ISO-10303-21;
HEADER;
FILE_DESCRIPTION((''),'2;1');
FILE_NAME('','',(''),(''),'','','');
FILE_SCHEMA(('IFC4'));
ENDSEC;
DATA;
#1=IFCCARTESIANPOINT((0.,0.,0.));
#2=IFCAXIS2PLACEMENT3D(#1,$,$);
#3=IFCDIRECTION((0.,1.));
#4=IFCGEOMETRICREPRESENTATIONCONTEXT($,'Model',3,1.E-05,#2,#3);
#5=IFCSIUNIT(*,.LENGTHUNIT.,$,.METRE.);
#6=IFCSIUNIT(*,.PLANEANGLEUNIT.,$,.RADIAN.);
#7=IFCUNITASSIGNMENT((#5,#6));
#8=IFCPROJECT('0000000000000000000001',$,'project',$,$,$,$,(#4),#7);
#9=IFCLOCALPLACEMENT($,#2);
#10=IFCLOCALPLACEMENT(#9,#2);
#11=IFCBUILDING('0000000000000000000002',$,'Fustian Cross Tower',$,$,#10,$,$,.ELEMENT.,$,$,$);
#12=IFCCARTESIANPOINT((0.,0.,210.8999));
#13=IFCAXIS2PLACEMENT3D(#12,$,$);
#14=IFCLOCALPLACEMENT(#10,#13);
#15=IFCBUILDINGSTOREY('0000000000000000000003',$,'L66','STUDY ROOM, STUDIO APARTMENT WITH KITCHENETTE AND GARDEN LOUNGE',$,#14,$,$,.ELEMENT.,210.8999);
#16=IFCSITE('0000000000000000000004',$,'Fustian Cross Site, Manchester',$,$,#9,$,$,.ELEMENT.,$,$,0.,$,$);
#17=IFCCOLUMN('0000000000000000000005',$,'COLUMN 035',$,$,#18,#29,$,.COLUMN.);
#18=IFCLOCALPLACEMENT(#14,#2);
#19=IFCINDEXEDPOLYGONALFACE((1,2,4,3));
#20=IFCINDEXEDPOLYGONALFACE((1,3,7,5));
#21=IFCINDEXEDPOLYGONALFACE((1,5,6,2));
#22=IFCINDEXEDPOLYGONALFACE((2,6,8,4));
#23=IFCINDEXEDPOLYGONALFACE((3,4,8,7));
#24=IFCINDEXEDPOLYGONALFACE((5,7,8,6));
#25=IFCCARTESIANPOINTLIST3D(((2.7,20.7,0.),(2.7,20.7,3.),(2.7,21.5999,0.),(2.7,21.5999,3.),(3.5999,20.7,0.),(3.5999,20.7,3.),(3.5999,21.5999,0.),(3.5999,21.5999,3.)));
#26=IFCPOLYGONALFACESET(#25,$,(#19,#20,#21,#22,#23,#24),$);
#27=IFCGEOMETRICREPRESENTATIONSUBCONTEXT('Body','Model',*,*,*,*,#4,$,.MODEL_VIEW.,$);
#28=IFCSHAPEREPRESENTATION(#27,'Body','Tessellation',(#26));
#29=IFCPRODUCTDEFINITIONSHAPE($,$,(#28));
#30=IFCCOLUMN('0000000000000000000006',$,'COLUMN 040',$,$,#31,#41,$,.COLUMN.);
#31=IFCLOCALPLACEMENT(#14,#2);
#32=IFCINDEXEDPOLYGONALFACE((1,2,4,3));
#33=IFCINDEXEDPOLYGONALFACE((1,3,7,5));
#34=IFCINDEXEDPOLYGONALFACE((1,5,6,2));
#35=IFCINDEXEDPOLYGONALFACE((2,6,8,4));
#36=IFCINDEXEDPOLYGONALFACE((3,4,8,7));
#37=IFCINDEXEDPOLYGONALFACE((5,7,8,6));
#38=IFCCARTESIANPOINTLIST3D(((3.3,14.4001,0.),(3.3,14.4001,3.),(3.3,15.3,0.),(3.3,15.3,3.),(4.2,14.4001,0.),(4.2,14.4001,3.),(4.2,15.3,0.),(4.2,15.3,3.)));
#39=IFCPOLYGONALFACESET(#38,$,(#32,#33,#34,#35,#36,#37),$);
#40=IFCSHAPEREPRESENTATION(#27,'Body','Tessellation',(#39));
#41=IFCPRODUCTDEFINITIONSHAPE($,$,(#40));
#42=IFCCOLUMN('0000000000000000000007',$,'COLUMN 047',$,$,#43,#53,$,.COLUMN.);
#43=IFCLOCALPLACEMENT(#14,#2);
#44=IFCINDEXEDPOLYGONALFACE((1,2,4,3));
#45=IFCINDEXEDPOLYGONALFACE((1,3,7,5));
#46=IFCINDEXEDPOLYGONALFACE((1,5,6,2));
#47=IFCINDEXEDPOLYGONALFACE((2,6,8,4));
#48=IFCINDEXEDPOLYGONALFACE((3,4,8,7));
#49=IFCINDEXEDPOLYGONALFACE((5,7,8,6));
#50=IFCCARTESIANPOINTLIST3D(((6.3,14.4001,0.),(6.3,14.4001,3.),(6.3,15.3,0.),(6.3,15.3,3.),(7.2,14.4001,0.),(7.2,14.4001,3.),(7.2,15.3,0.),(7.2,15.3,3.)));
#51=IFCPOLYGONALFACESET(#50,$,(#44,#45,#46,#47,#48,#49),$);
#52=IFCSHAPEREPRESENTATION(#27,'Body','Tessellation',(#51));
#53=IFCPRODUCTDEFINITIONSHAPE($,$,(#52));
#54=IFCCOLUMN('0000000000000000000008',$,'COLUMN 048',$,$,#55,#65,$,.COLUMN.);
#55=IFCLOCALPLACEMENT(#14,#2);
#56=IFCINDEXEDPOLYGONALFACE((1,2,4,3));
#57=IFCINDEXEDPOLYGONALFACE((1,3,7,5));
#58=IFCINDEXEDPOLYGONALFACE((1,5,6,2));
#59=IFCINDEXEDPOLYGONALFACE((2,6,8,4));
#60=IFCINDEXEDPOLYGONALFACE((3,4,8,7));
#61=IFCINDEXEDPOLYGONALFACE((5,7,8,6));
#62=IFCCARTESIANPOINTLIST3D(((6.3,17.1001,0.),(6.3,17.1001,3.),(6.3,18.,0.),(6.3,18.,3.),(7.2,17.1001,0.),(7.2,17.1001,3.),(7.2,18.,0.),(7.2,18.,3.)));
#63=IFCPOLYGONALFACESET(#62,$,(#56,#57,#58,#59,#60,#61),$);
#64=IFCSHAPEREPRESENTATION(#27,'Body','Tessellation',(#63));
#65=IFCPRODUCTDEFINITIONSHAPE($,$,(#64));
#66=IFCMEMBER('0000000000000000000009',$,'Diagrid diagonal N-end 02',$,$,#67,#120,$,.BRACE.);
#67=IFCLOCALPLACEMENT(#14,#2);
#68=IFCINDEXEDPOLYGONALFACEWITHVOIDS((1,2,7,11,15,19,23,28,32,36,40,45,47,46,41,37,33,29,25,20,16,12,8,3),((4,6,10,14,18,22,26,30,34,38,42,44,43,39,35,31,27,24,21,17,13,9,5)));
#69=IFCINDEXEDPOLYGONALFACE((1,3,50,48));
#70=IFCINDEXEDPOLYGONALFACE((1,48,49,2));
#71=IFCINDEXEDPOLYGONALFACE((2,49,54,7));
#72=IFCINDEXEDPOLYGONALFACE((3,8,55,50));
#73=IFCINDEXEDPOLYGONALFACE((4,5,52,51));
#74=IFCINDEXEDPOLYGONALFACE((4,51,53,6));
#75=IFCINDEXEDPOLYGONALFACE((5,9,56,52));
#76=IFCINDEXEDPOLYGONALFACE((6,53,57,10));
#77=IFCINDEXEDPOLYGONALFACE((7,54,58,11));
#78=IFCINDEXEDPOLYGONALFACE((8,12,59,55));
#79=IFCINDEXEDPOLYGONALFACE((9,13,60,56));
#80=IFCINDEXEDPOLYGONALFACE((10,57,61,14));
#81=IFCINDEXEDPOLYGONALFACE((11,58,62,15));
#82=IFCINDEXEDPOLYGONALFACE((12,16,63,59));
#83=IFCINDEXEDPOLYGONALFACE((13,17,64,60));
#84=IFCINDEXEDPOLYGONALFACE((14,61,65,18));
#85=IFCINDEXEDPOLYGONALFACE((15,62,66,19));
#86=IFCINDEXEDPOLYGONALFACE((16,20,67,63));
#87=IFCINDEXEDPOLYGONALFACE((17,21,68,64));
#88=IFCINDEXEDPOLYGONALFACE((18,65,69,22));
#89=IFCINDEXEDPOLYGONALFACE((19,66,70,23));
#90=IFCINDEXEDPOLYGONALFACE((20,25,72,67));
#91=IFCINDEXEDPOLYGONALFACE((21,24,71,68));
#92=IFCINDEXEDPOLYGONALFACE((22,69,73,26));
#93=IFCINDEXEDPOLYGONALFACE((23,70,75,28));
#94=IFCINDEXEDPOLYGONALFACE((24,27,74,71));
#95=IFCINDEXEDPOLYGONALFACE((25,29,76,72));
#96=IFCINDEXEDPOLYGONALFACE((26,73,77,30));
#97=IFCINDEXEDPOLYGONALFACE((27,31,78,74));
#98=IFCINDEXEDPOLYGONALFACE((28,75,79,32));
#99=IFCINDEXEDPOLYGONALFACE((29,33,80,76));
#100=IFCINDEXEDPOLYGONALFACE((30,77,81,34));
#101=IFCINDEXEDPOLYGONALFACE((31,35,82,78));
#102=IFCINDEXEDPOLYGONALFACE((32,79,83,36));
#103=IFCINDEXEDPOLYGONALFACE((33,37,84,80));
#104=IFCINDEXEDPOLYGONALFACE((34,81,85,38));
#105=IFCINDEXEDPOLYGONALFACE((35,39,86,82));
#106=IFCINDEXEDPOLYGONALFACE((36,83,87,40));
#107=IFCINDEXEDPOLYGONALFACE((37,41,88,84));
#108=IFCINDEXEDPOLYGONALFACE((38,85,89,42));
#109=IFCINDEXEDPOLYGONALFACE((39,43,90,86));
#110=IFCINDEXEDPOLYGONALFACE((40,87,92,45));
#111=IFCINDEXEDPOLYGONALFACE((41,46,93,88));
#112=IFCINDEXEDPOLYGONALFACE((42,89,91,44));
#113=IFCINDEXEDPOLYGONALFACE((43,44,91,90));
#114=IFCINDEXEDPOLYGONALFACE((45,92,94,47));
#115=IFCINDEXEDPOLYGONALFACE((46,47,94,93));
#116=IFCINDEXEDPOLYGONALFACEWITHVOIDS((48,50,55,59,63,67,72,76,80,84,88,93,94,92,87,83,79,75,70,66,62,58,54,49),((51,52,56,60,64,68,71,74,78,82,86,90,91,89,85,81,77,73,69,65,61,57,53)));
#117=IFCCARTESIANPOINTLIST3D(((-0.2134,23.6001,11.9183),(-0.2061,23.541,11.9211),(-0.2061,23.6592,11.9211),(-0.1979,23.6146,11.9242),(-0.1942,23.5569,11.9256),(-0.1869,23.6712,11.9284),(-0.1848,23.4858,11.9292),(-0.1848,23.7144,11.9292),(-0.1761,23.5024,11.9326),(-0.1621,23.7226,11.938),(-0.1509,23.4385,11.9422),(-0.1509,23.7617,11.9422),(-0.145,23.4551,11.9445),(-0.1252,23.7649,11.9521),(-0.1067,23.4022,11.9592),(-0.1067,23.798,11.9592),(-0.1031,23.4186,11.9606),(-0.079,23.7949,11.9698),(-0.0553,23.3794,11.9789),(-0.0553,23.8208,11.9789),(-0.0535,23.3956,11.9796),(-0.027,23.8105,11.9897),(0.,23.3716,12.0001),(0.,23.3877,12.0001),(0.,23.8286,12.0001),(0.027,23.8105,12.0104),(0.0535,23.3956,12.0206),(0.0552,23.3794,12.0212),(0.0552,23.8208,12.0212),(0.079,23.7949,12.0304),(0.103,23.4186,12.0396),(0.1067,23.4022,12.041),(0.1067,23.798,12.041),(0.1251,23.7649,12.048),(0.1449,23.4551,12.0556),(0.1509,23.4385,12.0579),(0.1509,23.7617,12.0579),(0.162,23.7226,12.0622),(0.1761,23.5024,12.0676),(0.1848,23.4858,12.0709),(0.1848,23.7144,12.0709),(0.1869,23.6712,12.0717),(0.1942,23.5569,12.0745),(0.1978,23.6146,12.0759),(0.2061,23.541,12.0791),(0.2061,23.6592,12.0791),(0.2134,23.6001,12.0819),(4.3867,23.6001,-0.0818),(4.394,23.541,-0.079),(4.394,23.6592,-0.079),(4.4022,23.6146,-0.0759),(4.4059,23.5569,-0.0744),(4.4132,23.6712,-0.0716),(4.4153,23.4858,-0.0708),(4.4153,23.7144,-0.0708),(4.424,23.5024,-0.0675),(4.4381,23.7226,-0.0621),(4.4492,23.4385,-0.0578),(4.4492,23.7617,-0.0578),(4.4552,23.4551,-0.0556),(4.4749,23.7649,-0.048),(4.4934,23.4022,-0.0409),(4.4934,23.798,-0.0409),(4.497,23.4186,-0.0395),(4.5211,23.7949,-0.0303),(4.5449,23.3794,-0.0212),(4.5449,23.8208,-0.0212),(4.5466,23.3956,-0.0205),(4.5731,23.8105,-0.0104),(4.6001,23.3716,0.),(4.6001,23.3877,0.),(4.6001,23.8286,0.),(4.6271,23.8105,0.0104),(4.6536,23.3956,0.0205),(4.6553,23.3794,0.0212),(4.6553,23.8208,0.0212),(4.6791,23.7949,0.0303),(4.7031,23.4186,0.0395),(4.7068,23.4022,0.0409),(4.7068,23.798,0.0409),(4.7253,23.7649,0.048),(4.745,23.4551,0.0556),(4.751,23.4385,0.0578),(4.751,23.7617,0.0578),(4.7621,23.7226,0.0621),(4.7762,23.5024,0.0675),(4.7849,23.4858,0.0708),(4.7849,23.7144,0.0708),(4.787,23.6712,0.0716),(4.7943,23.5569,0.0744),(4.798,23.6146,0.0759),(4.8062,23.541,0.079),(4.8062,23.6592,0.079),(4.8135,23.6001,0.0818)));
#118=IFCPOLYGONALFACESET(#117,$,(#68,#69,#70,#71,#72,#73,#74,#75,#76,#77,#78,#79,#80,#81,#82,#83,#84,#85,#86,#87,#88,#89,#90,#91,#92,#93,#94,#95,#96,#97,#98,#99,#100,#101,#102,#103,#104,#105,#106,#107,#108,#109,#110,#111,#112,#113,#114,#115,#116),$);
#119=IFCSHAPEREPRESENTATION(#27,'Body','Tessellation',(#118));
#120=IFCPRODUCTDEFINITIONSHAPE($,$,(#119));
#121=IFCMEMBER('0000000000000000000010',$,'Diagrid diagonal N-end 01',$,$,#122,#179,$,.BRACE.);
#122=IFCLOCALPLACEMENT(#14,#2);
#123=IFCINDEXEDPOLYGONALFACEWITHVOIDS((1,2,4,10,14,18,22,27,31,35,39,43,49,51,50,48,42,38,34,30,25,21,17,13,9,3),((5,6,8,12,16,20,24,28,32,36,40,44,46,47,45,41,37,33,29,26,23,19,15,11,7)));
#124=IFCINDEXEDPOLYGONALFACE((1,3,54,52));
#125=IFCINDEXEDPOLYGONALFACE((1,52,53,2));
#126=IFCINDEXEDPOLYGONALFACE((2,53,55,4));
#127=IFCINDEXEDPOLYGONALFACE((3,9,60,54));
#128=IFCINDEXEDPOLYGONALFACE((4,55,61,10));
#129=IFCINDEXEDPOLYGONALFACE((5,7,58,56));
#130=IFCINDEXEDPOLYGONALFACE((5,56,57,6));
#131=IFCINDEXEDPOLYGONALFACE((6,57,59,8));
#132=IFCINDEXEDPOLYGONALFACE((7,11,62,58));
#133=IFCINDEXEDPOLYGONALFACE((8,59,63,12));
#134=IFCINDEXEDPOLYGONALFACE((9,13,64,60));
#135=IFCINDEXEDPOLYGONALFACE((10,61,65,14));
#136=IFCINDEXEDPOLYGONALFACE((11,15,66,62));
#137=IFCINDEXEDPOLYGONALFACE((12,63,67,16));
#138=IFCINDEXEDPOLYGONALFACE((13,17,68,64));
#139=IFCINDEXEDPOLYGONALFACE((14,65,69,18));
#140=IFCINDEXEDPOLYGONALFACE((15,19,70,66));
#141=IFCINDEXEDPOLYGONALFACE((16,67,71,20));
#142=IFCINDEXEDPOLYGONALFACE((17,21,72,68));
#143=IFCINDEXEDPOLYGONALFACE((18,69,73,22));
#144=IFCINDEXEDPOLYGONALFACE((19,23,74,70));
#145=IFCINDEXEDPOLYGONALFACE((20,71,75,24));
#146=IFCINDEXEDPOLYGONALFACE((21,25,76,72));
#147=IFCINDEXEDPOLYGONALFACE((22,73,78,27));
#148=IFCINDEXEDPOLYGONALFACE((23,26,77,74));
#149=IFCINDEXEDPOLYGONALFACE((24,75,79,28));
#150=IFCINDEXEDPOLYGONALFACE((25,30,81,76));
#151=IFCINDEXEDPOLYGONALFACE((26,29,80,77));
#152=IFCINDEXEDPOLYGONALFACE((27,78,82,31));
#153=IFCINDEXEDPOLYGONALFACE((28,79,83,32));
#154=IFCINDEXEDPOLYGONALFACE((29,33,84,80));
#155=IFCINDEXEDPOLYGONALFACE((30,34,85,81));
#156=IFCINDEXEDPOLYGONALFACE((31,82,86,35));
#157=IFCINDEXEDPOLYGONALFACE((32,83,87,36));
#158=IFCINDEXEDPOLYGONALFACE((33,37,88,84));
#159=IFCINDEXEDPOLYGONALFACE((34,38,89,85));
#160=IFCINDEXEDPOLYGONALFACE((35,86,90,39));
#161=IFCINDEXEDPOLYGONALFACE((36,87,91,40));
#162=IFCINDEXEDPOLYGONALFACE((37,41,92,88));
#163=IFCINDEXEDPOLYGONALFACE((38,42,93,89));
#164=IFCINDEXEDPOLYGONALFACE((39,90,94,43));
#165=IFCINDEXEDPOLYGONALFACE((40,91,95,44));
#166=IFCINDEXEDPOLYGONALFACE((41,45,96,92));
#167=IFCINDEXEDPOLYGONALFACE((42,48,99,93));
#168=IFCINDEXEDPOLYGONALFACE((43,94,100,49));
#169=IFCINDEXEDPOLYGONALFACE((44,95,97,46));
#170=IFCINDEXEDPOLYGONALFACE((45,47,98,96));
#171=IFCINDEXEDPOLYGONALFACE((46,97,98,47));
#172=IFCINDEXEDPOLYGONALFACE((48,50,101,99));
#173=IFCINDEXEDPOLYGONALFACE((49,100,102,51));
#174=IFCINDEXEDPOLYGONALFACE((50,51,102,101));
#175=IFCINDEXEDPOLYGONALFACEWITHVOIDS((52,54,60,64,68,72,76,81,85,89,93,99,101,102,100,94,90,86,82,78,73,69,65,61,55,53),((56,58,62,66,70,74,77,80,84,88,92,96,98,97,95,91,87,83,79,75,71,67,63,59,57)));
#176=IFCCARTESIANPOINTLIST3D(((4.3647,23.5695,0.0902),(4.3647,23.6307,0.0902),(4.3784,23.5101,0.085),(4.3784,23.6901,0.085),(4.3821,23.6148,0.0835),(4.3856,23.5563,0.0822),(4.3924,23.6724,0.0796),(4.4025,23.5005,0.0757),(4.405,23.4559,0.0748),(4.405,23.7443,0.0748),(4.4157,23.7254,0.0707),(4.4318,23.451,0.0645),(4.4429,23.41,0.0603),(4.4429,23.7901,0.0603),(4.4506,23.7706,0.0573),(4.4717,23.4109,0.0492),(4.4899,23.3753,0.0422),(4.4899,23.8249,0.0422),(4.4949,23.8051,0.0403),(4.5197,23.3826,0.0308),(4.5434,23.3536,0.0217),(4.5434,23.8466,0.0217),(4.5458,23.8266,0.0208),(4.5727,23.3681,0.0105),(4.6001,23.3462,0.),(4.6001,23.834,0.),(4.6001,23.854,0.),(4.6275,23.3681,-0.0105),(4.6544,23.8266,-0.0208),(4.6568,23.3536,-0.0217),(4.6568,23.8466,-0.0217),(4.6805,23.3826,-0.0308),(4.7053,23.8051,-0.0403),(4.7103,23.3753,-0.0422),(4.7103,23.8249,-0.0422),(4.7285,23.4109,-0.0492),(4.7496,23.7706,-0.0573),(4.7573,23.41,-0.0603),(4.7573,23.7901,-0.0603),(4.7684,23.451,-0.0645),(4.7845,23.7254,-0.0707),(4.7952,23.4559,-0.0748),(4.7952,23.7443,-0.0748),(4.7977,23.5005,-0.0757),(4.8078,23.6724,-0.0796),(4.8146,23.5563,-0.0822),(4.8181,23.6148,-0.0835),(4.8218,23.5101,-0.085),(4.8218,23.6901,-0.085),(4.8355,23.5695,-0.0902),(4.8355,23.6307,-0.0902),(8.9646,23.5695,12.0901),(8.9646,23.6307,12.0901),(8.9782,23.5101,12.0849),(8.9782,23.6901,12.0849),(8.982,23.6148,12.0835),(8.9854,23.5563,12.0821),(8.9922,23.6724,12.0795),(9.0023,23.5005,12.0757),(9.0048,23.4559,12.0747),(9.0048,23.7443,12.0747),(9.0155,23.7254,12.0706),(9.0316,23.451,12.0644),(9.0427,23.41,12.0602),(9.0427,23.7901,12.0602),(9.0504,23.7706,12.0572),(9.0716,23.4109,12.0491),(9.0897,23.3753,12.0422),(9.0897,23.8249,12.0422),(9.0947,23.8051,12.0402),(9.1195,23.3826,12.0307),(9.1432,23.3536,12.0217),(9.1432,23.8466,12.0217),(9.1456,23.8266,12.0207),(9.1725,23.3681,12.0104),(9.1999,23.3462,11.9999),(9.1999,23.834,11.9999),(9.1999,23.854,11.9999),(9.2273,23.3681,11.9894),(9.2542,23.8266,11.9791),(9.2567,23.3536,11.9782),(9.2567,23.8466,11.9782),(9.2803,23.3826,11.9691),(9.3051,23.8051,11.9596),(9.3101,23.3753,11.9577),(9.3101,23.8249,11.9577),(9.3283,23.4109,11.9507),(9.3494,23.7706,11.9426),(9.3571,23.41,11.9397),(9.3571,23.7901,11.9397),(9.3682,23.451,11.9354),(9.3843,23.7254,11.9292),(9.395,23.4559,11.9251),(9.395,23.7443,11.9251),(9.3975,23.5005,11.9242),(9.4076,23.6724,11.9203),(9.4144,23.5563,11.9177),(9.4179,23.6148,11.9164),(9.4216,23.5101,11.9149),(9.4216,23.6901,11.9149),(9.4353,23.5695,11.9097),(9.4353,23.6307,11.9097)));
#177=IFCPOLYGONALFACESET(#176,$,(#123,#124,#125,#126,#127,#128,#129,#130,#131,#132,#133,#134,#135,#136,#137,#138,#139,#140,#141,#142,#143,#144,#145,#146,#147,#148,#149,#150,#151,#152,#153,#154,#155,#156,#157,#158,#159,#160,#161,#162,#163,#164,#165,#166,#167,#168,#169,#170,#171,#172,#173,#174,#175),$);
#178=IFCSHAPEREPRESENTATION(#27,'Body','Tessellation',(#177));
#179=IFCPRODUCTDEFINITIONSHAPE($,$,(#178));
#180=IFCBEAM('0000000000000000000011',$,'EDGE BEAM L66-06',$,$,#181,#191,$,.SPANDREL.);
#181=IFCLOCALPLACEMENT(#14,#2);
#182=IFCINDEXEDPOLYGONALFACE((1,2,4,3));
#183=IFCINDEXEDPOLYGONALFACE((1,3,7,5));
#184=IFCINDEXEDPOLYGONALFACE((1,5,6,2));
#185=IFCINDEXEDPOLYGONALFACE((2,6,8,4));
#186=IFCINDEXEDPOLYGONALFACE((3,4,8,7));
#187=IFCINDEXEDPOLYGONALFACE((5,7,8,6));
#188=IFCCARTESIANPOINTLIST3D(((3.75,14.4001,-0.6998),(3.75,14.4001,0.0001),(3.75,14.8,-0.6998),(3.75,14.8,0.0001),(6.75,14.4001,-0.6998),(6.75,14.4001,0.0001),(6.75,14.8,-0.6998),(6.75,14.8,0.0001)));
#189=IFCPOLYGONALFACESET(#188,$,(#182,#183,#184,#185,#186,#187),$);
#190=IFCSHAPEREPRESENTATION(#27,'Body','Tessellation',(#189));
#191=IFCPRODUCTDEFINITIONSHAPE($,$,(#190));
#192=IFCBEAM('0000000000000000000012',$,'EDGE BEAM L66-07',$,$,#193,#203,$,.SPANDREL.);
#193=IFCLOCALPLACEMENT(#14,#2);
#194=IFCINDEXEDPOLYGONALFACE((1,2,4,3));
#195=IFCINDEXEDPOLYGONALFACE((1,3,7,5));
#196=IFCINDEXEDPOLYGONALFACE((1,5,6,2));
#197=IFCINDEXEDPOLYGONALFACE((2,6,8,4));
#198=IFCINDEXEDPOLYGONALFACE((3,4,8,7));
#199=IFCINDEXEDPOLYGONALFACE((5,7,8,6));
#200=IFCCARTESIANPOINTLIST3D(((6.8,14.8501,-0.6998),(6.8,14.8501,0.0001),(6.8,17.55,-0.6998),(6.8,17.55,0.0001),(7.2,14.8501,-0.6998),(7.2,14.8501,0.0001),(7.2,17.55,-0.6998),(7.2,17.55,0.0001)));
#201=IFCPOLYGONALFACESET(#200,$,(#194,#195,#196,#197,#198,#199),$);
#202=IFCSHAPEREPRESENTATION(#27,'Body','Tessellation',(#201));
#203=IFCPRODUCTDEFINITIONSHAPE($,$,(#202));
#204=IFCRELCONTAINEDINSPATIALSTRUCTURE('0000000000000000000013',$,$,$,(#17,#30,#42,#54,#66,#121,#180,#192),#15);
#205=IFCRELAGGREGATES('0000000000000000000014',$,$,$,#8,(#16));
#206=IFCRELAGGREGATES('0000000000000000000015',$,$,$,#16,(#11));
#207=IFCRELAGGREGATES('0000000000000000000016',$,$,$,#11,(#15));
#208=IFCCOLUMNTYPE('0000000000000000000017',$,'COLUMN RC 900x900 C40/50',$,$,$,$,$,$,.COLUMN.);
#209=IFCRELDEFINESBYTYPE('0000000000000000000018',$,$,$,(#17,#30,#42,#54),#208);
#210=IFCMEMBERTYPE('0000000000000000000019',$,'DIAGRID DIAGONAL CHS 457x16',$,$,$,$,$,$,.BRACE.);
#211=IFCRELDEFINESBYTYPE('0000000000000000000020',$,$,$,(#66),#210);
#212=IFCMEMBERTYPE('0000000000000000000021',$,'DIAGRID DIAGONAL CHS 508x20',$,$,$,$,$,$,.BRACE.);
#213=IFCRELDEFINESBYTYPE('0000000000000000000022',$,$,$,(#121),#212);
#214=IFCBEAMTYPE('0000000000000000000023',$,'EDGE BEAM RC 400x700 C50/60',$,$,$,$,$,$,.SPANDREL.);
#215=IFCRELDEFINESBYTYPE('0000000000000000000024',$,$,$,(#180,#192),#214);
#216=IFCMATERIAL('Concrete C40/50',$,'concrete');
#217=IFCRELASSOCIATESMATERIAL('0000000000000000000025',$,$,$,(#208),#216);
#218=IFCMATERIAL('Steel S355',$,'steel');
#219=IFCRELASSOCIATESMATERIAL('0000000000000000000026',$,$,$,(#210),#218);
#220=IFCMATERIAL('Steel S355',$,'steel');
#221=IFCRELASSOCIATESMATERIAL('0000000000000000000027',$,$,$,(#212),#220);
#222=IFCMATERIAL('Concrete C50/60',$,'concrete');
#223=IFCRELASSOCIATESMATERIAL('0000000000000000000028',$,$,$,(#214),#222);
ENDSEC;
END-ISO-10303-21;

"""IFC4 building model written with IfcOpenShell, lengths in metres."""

from ifc_helpers import new_model, si_unit, direction, frame, origin, origin_2d, place, context, subcontext, project, spatial, rectangle, hollow_circle, extrude, material, material_profile, profile_set, type_object, element, save


model = new_model("IFC4")

# Units and contexts
model_context = context("Model", 3, precision=1e-05, world=origin(), true_north=direction((0.0, 1.0)))
body_context = subcontext(model_context, "Body", "Model", "MODEL_VIEW")
ifc_project = project(units=[si_unit("LENGTHUNIT", "METRE"), si_unit("PLANEANGLEUNIT", "RADIAN")], contexts=[model_context])

# Site, building, storey
site_placement = place(None, origin())
site = spatial("IfcSite", under=ifc_project, at=site_placement, Name="Fustian Cross Site, Manchester", CompositionType="ELEMENT", RefElevation=0.0)
building_placement = place(site_placement, origin())
building = spatial("IfcBuilding", under=site, at=building_placement, Name="Fustian Cross Tower", CompositionType="ELEMENT")
storey_placement = place(building_placement, frame((0.0, 0.0, 210.8999)))
storey = spatial("IfcBuildingStorey", under=building, at=storey_placement, Name="L66", Description="STUDY ROOM, STUDIO APARTMENT WITH KITCHENETTE AND GARDEN LOUNGE", CompositionType="ELEMENT", Elevation=210.8999)

# Columns
ifc_material_1 = material(Name="Concrete C40/50", Category="concrete")
ifc_material_profile_1 = material_profile(ifc_material_1, rectangle(XDim=0.8999, YDim=0.8999, at=origin_2d()), Name="RC 900x900")
ifc_profile_set_1 = profile_set([ifc_material_profile_1], Name="Concrete C40/50")
column_type = type_object("IfcColumnType", Name="COLUMN RC 900x900 C40/50", PredefinedType="COLUMN", material=ifc_profile_set_1)
for number, where, z_axis, x_axis, name in (
    (1, (3.1499, 21.1499, 0.0), (0.0, 0.0, 1.0), (1.0, 0.0, 0.0), "COLUMN 035"),
    (2, (3.75, 14.8501, 0.0), (0.0, 0.0, 1.0), (1.0, 0.0, 0.0), "COLUMN 040"),
    (3, (6.75, 14.8501, 0.0), (0.0, 0.0, 1.0), (1.0, 0.0, 0.0), "COLUMN 047"),
    (4, (6.75, 17.55, 0.0), (0.0, 0.0, 1.0), (1.0, 0.0, 0.0), "COLUMN 048"),
):
    element("IfcColumn", number, at=place(storey_placement, frame(where, z_axis=z_axis, x_axis=x_axis)), inside=storey, type_object=column_type, Name=name, PredefinedType="COLUMN", context=body_context, shape_type="SweptSolid", body=[
        extrude(rectangle(XDim=0.8999, YDim=0.8999, at=origin_2d()), origin(), (0.0, 0.0, 1.0), 3.0),
    ])

# Members
ifc_material_2 = material(Name="Steel S355", Category="steel")
ifc_material_profile_2 = material_profile(ifc_material_2, hollow_circle(Radius=0.2285, WallThickness=0.0161, at=origin_2d()), Name="CHS 457x16")
ifc_profile_set_2 = profile_set([ifc_material_profile_2], Name="Steel S355")
member_type_1 = type_object("IfcMemberType", Name="DIAGRID DIAGONAL CHS 457x16", PredefinedType="BRACE", material=ifc_profile_set_2)
member_1_placement = place(storey_placement, frame((4.6001, 23.6001, 0.0), z_axis=(-0.357943, 0.0, 0.933744), x_axis=(0.0, -1.0, 0.0)))
element("IfcMember", 5, at=member_1_placement, inside=storey, type_object=member_type_1, Name="Diagrid diagonal N-end 02", PredefinedType="BRACE", context=body_context, shape_type="SweptSolid", body=[
    extrude(hollow_circle(Radius=0.2285, WallThickness=0.0161, at=origin_2d()), origin(), (0.0, 0.0, 1.0), 12.8516),
])
ifc_material_3 = material(Name="Steel S355", Category="steel")
ifc_material_profile_3 = material_profile(ifc_material_3, hollow_circle(Radius=0.2539, WallThickness=0.02, at=origin_2d()), Name="CHS 508x20")
ifc_profile_set_3 = profile_set([ifc_material_profile_3], Name="Steel S355")
member_type_2 = type_object("IfcMemberType", Name="DIAGRID DIAGONAL CHS 508x20", PredefinedType="BRACE", material=ifc_profile_set_3)
member_2_placement = place(storey_placement, frame((4.6001, 23.6001, 0.0), z_axis=(0.357926, 0.0, 0.93375), x_axis=(0.0, 1.0, 0.0)))
element("IfcMember", 6, at=member_2_placement, inside=storey, type_object=member_type_2, Name="Diagrid diagonal N-end 01", PredefinedType="BRACE", context=body_context, shape_type="SweptSolid", body=[
    extrude(hollow_circle(Radius=0.2539, WallThickness=0.02, at=origin_2d()), origin(), (0.0, 0.0, 1.0), 12.8513),
])

# Beams
ifc_material_4 = material(Name="Concrete C50/60", Category="concrete")
ifc_material_profile_4 = material_profile(ifc_material_4, rectangle(XDim=0.3999, YDim=0.7, at=origin_2d()), Name="RC 400x700")
ifc_profile_set_4 = profile_set([ifc_material_profile_4], Name="Concrete C50/60")
beam_type = type_object("IfcBeamType", Name="EDGE BEAM RC 400x700 C50/60", PredefinedType="SPANDREL", material=ifc_profile_set_4)
beam_1_placement = place(storey_placement, frame((3.75, 14.6001, -0.3499), z_axis=(1.0, 0.0, 0.0), x_axis=(0.0, 1.0, 0.0)))
element("IfcBeam", 7, at=beam_1_placement, inside=storey, type_object=beam_type, Name="EDGE BEAM L66-06", PredefinedType="SPANDREL", context=body_context, shape_type="SweptSolid", body=[
    extrude(rectangle(XDim=0.3999, YDim=0.7, at=origin_2d()), origin(), (0.0, 0.0, 1.0), 3.0),
])
beam_2_placement = place(storey_placement, frame((7.0, 14.8501, -0.3499), z_axis=(0.0, 1.0, 0.0), x_axis=(-1.0, 0.0, 0.0)))
element("IfcBeam", 8, at=beam_2_placement, inside=storey, type_object=beam_type, Name="EDGE BEAM L66-07", PredefinedType="SPANDREL", context=body_context, shape_type="SweptSolid", body=[
    extrude(rectangle(XDim=0.3999, YDim=0.7, at=origin_2d()), origin(), (0.0, 0.0, 1.0), 2.7),
])

save(model, "model.ifc")
